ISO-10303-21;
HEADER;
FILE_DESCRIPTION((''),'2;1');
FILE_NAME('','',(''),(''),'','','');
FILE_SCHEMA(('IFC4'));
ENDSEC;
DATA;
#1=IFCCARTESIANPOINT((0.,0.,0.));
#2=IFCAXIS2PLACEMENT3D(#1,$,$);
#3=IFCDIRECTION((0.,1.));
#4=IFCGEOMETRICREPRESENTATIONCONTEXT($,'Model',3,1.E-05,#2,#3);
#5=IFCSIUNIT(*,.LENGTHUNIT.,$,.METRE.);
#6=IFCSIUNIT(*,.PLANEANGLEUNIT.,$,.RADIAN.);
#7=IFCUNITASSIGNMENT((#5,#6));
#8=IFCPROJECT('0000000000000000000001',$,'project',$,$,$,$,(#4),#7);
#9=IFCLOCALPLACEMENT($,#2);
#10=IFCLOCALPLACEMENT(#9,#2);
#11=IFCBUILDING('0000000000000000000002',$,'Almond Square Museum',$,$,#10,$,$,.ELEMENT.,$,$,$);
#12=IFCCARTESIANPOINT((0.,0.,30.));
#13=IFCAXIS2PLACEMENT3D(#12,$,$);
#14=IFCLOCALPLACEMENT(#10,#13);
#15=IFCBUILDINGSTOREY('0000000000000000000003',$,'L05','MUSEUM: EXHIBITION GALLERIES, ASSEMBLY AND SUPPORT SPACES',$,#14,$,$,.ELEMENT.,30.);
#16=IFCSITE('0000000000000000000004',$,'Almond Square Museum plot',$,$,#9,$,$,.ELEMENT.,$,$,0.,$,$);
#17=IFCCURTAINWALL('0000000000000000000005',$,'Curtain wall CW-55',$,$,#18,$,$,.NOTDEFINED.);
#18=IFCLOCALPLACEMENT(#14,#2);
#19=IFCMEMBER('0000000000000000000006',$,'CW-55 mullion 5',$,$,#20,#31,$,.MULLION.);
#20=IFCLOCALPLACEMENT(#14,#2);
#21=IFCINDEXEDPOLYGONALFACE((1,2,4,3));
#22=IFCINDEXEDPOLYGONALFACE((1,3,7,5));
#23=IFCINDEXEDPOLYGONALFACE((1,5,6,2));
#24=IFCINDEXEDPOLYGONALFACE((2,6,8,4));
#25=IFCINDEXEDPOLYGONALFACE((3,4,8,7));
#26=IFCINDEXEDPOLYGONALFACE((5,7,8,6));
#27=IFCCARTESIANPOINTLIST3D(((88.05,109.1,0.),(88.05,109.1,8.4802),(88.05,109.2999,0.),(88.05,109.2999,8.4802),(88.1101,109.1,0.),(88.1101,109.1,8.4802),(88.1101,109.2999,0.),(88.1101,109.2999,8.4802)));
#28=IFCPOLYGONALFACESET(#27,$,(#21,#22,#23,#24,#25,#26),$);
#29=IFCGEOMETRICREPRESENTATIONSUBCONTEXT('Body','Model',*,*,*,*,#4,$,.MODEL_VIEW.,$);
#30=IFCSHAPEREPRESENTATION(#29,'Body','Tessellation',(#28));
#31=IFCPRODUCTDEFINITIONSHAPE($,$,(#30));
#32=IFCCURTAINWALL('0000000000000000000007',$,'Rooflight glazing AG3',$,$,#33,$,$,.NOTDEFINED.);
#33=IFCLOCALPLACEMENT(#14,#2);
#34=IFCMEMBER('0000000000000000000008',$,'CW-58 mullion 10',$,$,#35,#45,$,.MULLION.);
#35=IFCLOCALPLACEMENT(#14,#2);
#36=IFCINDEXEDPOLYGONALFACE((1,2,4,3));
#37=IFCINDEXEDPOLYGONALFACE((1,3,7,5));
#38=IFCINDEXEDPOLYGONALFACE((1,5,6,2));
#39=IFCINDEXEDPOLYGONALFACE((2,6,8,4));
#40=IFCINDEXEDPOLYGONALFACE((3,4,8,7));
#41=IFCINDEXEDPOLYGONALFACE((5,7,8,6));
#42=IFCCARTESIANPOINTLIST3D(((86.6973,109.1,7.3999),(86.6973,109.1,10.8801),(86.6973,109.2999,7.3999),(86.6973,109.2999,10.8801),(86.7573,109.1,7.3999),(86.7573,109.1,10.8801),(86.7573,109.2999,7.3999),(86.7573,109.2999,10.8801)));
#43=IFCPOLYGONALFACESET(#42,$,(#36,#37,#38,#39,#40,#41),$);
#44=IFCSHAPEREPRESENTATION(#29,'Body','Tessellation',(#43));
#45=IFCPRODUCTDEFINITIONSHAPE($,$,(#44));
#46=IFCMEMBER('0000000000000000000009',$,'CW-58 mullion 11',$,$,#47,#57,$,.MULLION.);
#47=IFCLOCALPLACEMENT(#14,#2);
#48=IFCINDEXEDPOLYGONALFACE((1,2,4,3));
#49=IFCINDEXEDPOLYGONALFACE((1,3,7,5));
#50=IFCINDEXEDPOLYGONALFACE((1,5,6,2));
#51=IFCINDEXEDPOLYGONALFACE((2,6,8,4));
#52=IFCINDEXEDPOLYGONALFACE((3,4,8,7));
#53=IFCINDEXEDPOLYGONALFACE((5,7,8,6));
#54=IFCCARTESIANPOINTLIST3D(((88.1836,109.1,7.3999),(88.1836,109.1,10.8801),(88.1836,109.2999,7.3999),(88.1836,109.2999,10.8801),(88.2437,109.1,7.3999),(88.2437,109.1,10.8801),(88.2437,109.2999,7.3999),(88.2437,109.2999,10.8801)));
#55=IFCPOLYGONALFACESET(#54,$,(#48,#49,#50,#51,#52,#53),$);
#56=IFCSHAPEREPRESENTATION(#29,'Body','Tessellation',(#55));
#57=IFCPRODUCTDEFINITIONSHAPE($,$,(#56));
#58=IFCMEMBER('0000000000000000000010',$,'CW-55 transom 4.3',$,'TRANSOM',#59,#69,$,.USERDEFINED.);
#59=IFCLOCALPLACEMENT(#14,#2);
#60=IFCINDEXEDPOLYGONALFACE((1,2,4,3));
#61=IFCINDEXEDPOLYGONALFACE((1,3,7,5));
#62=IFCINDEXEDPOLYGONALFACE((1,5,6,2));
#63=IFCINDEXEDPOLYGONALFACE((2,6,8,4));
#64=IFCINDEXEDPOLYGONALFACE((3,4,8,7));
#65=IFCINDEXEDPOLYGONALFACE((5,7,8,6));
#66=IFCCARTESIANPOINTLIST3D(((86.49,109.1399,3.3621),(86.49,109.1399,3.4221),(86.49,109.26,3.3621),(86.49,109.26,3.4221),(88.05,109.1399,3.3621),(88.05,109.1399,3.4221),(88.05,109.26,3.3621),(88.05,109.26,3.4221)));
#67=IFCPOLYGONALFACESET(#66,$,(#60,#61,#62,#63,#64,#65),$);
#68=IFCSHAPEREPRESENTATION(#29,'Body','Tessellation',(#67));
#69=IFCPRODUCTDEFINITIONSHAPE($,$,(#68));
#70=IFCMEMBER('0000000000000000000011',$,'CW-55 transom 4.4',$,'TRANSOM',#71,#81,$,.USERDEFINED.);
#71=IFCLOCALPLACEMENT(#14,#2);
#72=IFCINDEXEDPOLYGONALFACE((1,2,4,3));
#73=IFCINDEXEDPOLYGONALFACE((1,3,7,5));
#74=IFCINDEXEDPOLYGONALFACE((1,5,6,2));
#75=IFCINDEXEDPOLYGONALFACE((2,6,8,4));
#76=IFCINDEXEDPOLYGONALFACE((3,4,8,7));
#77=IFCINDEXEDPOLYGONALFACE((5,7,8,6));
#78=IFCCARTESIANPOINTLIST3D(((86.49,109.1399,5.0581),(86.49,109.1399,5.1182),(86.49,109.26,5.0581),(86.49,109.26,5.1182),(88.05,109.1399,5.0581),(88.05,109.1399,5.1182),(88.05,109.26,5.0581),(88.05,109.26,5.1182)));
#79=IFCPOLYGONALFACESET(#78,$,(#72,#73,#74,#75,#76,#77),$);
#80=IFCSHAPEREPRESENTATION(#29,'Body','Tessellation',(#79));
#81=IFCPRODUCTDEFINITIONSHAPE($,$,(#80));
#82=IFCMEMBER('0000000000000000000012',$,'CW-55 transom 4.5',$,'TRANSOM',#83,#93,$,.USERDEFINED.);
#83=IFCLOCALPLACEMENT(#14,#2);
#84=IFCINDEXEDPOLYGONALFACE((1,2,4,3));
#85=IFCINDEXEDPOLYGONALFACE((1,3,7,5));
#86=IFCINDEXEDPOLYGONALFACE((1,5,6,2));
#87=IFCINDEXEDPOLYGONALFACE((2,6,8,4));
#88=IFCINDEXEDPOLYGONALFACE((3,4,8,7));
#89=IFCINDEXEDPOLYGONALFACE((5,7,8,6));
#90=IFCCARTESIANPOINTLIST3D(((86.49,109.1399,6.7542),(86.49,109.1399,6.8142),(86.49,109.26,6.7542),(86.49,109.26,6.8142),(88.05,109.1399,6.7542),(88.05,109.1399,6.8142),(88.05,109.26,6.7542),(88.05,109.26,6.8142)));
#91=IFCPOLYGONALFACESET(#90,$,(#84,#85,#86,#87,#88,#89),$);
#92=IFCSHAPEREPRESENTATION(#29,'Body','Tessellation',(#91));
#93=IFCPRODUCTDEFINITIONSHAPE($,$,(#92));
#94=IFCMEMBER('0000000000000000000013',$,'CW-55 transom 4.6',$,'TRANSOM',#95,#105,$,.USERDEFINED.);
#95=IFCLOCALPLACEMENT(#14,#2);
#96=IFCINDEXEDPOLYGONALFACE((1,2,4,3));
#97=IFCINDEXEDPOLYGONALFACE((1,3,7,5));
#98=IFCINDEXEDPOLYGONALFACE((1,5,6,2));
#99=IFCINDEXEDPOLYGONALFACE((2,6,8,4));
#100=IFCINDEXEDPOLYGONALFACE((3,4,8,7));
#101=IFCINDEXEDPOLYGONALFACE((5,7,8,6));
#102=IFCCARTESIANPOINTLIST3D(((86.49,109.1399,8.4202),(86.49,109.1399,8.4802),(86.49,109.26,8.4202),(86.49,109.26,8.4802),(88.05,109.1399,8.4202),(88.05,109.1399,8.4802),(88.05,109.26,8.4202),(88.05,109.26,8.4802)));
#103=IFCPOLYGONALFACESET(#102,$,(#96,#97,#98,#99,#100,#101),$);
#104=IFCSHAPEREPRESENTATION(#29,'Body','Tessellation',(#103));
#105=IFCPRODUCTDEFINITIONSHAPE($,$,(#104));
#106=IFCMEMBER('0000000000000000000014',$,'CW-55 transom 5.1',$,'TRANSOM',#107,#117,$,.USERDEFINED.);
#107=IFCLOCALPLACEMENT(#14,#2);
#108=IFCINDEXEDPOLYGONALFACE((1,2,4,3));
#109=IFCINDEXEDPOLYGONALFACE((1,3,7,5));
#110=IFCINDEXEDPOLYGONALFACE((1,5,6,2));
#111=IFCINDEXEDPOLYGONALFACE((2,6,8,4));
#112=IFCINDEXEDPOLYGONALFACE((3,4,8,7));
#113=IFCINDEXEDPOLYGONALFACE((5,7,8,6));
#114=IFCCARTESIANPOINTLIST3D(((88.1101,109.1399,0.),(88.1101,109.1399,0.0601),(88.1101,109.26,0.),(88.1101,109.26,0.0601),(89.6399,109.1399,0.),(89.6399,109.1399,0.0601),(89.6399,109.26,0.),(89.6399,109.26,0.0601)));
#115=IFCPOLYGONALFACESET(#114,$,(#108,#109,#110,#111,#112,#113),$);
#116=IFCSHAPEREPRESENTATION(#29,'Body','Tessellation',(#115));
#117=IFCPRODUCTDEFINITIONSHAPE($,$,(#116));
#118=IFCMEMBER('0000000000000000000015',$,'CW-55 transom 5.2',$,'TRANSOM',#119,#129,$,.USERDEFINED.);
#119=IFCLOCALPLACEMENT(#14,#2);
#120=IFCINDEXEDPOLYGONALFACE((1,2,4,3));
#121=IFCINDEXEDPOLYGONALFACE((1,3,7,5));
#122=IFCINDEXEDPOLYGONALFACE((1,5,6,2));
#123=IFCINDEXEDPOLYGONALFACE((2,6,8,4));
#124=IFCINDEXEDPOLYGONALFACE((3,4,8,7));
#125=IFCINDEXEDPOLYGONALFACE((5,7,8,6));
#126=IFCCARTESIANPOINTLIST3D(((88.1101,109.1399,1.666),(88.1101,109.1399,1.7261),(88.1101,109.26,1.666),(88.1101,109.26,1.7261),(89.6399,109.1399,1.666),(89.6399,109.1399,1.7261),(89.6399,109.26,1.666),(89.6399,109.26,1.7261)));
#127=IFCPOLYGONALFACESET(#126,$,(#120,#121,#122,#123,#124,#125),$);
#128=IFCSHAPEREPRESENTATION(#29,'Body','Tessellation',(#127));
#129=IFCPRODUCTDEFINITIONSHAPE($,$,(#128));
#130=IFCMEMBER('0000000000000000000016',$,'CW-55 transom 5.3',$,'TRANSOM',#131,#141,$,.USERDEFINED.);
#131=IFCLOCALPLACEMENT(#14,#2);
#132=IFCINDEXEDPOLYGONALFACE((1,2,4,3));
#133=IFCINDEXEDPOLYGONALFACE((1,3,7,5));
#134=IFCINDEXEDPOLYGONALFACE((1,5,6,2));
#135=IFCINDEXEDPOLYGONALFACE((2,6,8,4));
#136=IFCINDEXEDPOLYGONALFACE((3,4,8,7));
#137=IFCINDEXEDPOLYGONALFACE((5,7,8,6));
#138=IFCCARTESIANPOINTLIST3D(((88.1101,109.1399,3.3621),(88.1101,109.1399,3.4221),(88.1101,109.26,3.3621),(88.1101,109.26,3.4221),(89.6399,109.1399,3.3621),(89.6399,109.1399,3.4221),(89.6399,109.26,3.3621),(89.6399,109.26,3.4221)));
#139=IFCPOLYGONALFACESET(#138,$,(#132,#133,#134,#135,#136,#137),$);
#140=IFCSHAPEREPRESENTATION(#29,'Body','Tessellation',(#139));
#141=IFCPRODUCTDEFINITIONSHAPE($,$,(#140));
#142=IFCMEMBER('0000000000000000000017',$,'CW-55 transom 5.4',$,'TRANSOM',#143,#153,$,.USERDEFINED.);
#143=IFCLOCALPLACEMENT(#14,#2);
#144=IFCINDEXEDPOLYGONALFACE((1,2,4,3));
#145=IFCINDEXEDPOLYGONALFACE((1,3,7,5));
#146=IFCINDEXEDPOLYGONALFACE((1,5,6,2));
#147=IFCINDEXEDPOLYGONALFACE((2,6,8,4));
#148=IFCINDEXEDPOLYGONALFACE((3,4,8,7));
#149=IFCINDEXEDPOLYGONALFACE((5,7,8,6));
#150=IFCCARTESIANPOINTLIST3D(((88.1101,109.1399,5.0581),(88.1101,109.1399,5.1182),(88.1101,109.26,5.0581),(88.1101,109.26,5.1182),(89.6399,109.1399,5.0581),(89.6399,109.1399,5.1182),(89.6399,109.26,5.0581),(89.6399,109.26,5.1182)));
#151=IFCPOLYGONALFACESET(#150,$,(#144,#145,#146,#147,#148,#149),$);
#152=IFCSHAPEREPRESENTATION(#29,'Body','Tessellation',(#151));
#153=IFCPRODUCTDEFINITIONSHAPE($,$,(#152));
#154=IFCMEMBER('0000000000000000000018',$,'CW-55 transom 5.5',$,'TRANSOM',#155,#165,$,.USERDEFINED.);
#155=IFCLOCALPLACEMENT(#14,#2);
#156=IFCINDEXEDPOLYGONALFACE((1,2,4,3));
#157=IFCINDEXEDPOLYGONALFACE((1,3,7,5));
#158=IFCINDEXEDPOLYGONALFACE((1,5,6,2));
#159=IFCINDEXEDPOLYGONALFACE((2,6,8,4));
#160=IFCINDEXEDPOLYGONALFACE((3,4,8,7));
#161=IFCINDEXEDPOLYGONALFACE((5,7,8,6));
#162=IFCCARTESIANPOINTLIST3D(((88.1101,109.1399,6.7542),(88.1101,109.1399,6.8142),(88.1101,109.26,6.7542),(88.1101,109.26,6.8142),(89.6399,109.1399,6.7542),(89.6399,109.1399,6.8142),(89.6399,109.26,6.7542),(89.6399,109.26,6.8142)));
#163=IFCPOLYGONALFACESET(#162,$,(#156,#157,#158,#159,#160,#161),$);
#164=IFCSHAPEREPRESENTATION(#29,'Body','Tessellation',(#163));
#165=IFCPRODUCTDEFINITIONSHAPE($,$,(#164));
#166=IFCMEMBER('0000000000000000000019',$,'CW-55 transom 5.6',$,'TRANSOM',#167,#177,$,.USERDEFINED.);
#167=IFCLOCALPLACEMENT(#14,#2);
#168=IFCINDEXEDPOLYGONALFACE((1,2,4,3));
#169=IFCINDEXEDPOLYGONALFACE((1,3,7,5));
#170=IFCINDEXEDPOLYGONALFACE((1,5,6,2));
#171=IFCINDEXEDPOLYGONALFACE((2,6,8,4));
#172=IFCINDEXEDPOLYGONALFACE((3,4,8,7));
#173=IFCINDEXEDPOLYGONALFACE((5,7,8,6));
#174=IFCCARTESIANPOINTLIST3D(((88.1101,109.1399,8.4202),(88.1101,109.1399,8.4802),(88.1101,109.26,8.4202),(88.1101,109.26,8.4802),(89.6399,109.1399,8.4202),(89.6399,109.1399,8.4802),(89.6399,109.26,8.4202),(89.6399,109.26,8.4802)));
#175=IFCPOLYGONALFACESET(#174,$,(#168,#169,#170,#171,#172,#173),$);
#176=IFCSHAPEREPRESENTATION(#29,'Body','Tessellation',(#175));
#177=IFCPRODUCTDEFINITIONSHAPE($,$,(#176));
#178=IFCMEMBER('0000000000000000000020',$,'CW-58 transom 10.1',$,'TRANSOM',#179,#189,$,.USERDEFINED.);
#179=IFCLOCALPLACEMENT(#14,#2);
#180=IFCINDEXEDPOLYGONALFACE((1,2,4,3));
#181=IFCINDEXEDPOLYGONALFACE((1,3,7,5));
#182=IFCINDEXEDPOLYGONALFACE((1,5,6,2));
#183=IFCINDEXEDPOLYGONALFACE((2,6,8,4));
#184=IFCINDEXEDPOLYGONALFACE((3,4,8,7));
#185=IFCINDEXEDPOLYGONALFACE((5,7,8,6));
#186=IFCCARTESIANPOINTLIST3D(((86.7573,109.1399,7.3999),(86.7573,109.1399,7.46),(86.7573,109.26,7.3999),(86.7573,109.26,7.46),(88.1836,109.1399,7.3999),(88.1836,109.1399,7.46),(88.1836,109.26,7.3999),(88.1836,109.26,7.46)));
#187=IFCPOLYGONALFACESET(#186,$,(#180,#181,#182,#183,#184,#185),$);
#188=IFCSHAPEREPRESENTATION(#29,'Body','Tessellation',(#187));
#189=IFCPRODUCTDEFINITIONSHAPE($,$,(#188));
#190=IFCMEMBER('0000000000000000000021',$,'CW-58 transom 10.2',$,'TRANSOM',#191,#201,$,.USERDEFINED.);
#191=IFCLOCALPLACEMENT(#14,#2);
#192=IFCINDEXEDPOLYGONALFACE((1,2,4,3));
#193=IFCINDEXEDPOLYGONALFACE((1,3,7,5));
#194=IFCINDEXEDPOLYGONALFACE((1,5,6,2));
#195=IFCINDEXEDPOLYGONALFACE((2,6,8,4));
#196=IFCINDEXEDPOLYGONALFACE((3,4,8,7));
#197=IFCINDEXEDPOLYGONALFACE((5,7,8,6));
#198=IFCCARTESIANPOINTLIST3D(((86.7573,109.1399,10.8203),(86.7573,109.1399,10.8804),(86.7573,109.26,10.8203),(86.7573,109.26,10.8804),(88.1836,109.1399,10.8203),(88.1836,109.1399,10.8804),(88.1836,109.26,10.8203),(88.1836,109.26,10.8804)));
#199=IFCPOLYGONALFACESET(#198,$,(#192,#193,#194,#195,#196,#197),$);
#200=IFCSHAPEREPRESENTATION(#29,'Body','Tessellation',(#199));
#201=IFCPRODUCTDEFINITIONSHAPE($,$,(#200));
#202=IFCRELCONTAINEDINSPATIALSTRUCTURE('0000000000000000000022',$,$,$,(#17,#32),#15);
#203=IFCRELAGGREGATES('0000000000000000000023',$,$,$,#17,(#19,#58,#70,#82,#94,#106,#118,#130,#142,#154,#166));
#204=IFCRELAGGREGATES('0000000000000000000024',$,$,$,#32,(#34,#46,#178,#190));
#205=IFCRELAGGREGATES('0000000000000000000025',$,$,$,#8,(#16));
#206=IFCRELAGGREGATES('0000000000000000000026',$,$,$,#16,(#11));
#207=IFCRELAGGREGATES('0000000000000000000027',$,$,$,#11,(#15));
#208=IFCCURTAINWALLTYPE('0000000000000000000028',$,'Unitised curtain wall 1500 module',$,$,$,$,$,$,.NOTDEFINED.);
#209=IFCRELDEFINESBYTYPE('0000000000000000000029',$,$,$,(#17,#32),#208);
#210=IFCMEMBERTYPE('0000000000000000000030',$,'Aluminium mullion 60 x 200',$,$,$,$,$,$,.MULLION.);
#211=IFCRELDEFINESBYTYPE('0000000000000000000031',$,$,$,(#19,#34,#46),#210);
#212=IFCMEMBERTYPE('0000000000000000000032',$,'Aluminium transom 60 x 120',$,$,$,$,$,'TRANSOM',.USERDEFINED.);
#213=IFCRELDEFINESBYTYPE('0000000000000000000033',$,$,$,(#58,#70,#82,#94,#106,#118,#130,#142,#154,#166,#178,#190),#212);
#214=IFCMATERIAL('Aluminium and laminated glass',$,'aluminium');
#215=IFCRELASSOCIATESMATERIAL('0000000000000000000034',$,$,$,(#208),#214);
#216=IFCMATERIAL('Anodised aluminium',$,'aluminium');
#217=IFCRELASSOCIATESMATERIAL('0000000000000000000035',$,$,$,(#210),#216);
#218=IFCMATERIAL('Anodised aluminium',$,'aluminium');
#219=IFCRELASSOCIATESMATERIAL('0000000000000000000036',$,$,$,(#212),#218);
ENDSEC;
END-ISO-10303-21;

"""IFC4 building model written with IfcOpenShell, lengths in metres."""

from ifc_helpers import new_model, si_unit, direction, frame, origin, origin_2d, place, context, subcontext, project, spatial, rectangle, extrude, material, material_profile, profile_set, type_object, element, aggregate, save


model = new_model("IFC4")

# Units and contexts
model_context = context("Model", 3, precision=1e-05, world=origin(), true_north=direction((0.0, 1.0)))
body_context = subcontext(model_context, "Body", "Model", "MODEL_VIEW")
ifc_project = project(units=[si_unit("LENGTHUNIT", "METRE"), si_unit("PLANEANGLEUNIT", "RADIAN")], contexts=[model_context])

# Site, building, storey
site_placement = place(None, origin())
site = spatial("IfcSite", under=ifc_project, at=site_placement, Name="Almond Square Museum plot", CompositionType="ELEMENT", RefElevation=0.0)
building_placement = place(site_placement, origin())
building = spatial("IfcBuilding", under=site, at=building_placement, Name="Almond Square Museum", CompositionType="ELEMENT")
storey_placement = place(building_placement, frame((0.0, 0.0, 30.0)))
storey = spatial("IfcBuildingStorey", under=building, at=storey_placement, Name="L05", Description="MUSEUM: EXHIBITION GALLERIES, ASSEMBLY AND SUPPORT SPACES", CompositionType="ELEMENT", Elevation=30.0)

# Curtain wall, member
ifc_material_1 = material(Name="Aluminium and laminated glass", Category="aluminium")
curtain_wall_type = type_object("IfcCurtainWallType", Name="Unitised curtain wall 1500 module", PredefinedType="NOTDEFINED", material=ifc_material_1)
curtain_wall_1_placement = place(storey_placement, origin())
curtain_wall_1 = element("IfcCurtainWall", 1, at=curtain_wall_1_placement, inside=storey, type_object=curtain_wall_type, Name="Curtain wall CW-55", PredefinedType="NOTDEFINED")
ifc_material_2 = material(Name="Anodised aluminium", Category="aluminium")
ifc_material_profile_1 = material_profile(ifc_material_2, rectangle(XDim=0.2, YDim=0.0601, at=origin_2d()))
ifc_profile_set_1 = profile_set([ifc_material_profile_1], Name="Anodised aluminium")
member_type_1 = type_object("IfcMemberType", Name="Aluminium mullion 60 x 200", PredefinedType="MULLION", material=ifc_profile_set_1)
member_1_placement = place(storey_placement, frame((88.0801, 109.2, 0.0), z_axis=(0.0, 0.0, 1.0), x_axis=(0.0, 1.0, 0.0)))
member_1 = element("IfcMember", 2, at=member_1_placement, type_object=member_type_1, Name="CW-55 mullion 5", PredefinedType="MULLION", context=body_context, shape_type="SweptSolid", body=[
    extrude(rectangle(XDim=0.2, YDim=0.0601, at=origin_2d()), origin(), (0.0, 0.0, 1.0), 8.4802),
])

# Curtain wall, members
curtain_wall_2_placement = place(storey_placement, origin())
curtain_wall_2 = element("IfcCurtainWall", 3, at=curtain_wall_2_placement, inside=storey, type_object=curtain_wall_type, Name="Rooflight glazing AG3", PredefinedType="NOTDEFINED")
member_2_placement = place(storey_placement, frame((86.7273, 109.2, 7.3999), z_axis=(0.0, 0.0, 1.0), x_axis=(0.0, 1.0, 0.0)))
member_2 = element("IfcMember", 4, at=member_2_placement, type_object=member_type_1, Name="CW-58 mullion 10", PredefinedType="MULLION", context=body_context, shape_type="SweptSolid", body=[
    extrude(rectangle(XDim=0.2, YDim=0.0601, at=origin_2d()), origin(), (0.0, 0.0, 1.0), 3.4802),
])
member_3_placement = place(storey_placement, frame((88.2136, 109.2, 7.3999), z_axis=(0.0, 0.0, 1.0), x_axis=(0.0, 1.0, 0.0)))
member_3 = element("IfcMember", 5, at=member_3_placement, type_object=member_type_1, Name="CW-58 mullion 11", PredefinedType="MULLION", context=body_context, shape_type="SweptSolid", body=[
    extrude(rectangle(XDim=0.2, YDim=0.0601, at=origin_2d()), origin(), (0.0, 0.0, 1.0), 3.4802),
])

# Members
ifc_material_3 = material(Name="Anodised aluminium", Category="aluminium")
ifc_material_profile_2 = material_profile(ifc_material_3, rectangle(XDim=0.1201, YDim=0.0601, at=origin_2d()))
ifc_profile_set_2 = profile_set([ifc_material_profile_2], Name="Anodised aluminium")
member_type_2 = type_object("IfcMemberType", Name="Aluminium transom 60 x 120", ElementType="TRANSOM", PredefinedType="USERDEFINED", material=ifc_profile_set_2)
member_4_placement = place(storey_placement, frame((86.49, 109.2, 3.3921), z_axis=(1.0, 0.0, 0.0), x_axis=(0.0, 1.0, 0.0)))
member_4 = element("IfcMember", 6, at=member_4_placement, type_object=member_type_2, Name="CW-55 transom 4.3", ObjectType="TRANSOM", PredefinedType="USERDEFINED", context=body_context, shape_type="SweptSolid", body=[
    extrude(rectangle(XDim=0.1201, YDim=0.0601, at=origin_2d()), origin(), (0.0, 0.0, 1.0), 1.5601),
])
member_5_placement = place(storey_placement, frame((86.49, 109.2, 5.0881), z_axis=(1.0, 0.0, 0.0), x_axis=(0.0, 1.0, 0.0)))
member_5 = element("IfcMember", 7, at=member_5_placement, type_object=member_type_2, Name="CW-55 transom 4.4", ObjectType="TRANSOM", PredefinedType="USERDEFINED", context=body_context, shape_type="SweptSolid", body=[
    extrude(rectangle(XDim=0.1201, YDim=0.0601, at=origin_2d()), origin(), (0.0, 0.0, 1.0), 1.5601),
])
member_6_placement = place(storey_placement, frame((86.49, 109.2, 6.7842), z_axis=(1.0, 0.0, 0.0), x_axis=(0.0, 1.0, 0.0)))
member_6 = element("IfcMember", 8, at=member_6_placement, type_object=member_type_2, Name="CW-55 transom 4.5", ObjectType="TRANSOM", PredefinedType="USERDEFINED", context=body_context, shape_type="SweptSolid", body=[
    extrude(rectangle(XDim=0.1201, YDim=0.0601, at=origin_2d()), origin(), (0.0, 0.0, 1.0), 1.5601),
])
member_7_placement = place(storey_placement, frame((86.49, 109.2, 8.4502), z_axis=(1.0, 0.0, 0.0), x_axis=(0.0, 1.0, 0.0)))
member_7 = element("IfcMember", 9, at=member_7_placement, type_object=member_type_2, Name="CW-55 transom 4.6", ObjectType="TRANSOM", PredefinedType="USERDEFINED", context=body_context, shape_type="SweptSolid", body=[
    extrude(rectangle(XDim=0.1201, YDim=0.0601, at=origin_2d()), origin(), (0.0, 0.0, 1.0), 1.5601),
])
member_8_placement = place(storey_placement, frame((88.1101, 109.2, 0.03), z_axis=(1.0, 0.0, 0.0), x_axis=(0.0, 1.0, 0.0)))
member_8 = element("IfcMember", 10, at=member_8_placement, type_object=member_type_2, Name="CW-55 transom 5.1", ObjectType="TRANSOM", PredefinedType="USERDEFINED", context=body_context, shape_type="SweptSolid", body=[
    extrude(rectangle(XDim=0.1201, YDim=0.0601, at=origin_2d()), origin(), (0.0, 0.0, 1.0), 1.5298),
])
member_9_placement = place(storey_placement, frame((88.1101, 109.2, 1.696), z_axis=(1.0, 0.0, 0.0), x_axis=(0.0, 1.0, 0.0)))
member_9 = element("IfcMember", 11, at=member_9_placement, type_object=member_type_2, Name="CW-55 transom 5.2", ObjectType="TRANSOM", PredefinedType="USERDEFINED", context=body_context, shape_type="SweptSolid", body=[
    extrude(rectangle(XDim=0.1201, YDim=0.0601, at=origin_2d()), origin(), (0.0, 0.0, 1.0), 1.5298),
])
member_10_placement = place(storey_placement, frame((88.1101, 109.2, 3.3921), z_axis=(1.0, 0.0, 0.0), x_axis=(0.0, 1.0, 0.0)))
member_10 = element("IfcMember", 12, at=member_10_placement, type_object=member_type_2, Name="CW-55 transom 5.3", ObjectType="TRANSOM", PredefinedType="USERDEFINED", context=body_context, shape_type="SweptSolid", body=[
    extrude(rectangle(XDim=0.1201, YDim=0.0601, at=origin_2d()), origin(), (0.0, 0.0, 1.0), 1.5298),
])
member_11_placement = place(storey_placement, frame((88.1101, 109.2, 5.0881), z_axis=(1.0, 0.0, 0.0), x_axis=(0.0, 1.0, 0.0)))
member_11 = element("IfcMember", 13, at=member_11_placement, type_object=member_type_2, Name="CW-55 transom 5.4", ObjectType="TRANSOM", PredefinedType="USERDEFINED", context=body_context, shape_type="SweptSolid", body=[
    extrude(rectangle(XDim=0.1201, YDim=0.0601, at=origin_2d()), origin(), (0.0, 0.0, 1.0), 1.5298),
])
member_12_placement = place(storey_placement, frame((88.1101, 109.2, 6.7842), z_axis=(1.0, 0.0, 0.0), x_axis=(0.0, 1.0, 0.0)))
member_12 = element("IfcMember", 14, at=member_12_placement, type_object=member_type_2, Name="CW-55 transom 5.5", ObjectType="TRANSOM", PredefinedType="USERDEFINED", context=body_context, shape_type="SweptSolid", body=[
    extrude(rectangle(XDim=0.1201, YDim=0.0601, at=origin_2d()), origin(), (0.0, 0.0, 1.0), 1.5298),
])
member_13_placement = place(storey_placement, frame((88.1101, 109.2, 8.4502), z_axis=(1.0, 0.0, 0.0), x_axis=(0.0, 1.0, 0.0)))
member_13 = element("IfcMember", 15, at=member_13_placement, type_object=member_type_2, Name="CW-55 transom 5.6", ObjectType="TRANSOM", PredefinedType="USERDEFINED", context=body_context, shape_type="SweptSolid", body=[
    extrude(rectangle(XDim=0.1201, YDim=0.0601, at=origin_2d()), origin(), (0.0, 0.0, 1.0), 1.5298),
])
member_14_placement = place(storey_placement, frame((86.7573, 109.2, 7.4299), z_axis=(1.0, 0.0, 0.0), x_axis=(0.0, 1.0, 0.0)))
member_14 = element("IfcMember", 16, at=member_14_placement, type_object=member_type_2, Name="CW-58 transom 10.1", ObjectType="TRANSOM", PredefinedType="USERDEFINED", context=body_context, shape_type="SweptSolid", body=[
    extrude(rectangle(XDim=0.1201, YDim=0.0601, at=origin_2d()), origin(), (0.0, 0.0, 1.0), 1.4263),
])
member_15_placement = place(storey_placement, frame((86.7573, 109.2, 10.8503), z_axis=(1.0, 0.0, 0.0), x_axis=(0.0, 1.0, 0.0)))
member_15 = element("IfcMember", 17, at=member_15_placement, type_object=member_type_2, Name="CW-58 transom 10.2", ObjectType="TRANSOM", PredefinedType="USERDEFINED", context=body_context, shape_type="SweptSolid", body=[
    extrude(rectangle(XDim=0.1201, YDim=0.0601, at=origin_2d()), origin(), (0.0, 0.0, 1.0), 1.4263),
])

aggregate(curtain_wall_1, [member_1, member_4, member_5, member_6, member_7, member_8, member_9, member_10, member_11, member_12, member_13])
aggregate(curtain_wall_2, [member_2, member_3, member_14, member_15])

save(model, "model.ifc")
